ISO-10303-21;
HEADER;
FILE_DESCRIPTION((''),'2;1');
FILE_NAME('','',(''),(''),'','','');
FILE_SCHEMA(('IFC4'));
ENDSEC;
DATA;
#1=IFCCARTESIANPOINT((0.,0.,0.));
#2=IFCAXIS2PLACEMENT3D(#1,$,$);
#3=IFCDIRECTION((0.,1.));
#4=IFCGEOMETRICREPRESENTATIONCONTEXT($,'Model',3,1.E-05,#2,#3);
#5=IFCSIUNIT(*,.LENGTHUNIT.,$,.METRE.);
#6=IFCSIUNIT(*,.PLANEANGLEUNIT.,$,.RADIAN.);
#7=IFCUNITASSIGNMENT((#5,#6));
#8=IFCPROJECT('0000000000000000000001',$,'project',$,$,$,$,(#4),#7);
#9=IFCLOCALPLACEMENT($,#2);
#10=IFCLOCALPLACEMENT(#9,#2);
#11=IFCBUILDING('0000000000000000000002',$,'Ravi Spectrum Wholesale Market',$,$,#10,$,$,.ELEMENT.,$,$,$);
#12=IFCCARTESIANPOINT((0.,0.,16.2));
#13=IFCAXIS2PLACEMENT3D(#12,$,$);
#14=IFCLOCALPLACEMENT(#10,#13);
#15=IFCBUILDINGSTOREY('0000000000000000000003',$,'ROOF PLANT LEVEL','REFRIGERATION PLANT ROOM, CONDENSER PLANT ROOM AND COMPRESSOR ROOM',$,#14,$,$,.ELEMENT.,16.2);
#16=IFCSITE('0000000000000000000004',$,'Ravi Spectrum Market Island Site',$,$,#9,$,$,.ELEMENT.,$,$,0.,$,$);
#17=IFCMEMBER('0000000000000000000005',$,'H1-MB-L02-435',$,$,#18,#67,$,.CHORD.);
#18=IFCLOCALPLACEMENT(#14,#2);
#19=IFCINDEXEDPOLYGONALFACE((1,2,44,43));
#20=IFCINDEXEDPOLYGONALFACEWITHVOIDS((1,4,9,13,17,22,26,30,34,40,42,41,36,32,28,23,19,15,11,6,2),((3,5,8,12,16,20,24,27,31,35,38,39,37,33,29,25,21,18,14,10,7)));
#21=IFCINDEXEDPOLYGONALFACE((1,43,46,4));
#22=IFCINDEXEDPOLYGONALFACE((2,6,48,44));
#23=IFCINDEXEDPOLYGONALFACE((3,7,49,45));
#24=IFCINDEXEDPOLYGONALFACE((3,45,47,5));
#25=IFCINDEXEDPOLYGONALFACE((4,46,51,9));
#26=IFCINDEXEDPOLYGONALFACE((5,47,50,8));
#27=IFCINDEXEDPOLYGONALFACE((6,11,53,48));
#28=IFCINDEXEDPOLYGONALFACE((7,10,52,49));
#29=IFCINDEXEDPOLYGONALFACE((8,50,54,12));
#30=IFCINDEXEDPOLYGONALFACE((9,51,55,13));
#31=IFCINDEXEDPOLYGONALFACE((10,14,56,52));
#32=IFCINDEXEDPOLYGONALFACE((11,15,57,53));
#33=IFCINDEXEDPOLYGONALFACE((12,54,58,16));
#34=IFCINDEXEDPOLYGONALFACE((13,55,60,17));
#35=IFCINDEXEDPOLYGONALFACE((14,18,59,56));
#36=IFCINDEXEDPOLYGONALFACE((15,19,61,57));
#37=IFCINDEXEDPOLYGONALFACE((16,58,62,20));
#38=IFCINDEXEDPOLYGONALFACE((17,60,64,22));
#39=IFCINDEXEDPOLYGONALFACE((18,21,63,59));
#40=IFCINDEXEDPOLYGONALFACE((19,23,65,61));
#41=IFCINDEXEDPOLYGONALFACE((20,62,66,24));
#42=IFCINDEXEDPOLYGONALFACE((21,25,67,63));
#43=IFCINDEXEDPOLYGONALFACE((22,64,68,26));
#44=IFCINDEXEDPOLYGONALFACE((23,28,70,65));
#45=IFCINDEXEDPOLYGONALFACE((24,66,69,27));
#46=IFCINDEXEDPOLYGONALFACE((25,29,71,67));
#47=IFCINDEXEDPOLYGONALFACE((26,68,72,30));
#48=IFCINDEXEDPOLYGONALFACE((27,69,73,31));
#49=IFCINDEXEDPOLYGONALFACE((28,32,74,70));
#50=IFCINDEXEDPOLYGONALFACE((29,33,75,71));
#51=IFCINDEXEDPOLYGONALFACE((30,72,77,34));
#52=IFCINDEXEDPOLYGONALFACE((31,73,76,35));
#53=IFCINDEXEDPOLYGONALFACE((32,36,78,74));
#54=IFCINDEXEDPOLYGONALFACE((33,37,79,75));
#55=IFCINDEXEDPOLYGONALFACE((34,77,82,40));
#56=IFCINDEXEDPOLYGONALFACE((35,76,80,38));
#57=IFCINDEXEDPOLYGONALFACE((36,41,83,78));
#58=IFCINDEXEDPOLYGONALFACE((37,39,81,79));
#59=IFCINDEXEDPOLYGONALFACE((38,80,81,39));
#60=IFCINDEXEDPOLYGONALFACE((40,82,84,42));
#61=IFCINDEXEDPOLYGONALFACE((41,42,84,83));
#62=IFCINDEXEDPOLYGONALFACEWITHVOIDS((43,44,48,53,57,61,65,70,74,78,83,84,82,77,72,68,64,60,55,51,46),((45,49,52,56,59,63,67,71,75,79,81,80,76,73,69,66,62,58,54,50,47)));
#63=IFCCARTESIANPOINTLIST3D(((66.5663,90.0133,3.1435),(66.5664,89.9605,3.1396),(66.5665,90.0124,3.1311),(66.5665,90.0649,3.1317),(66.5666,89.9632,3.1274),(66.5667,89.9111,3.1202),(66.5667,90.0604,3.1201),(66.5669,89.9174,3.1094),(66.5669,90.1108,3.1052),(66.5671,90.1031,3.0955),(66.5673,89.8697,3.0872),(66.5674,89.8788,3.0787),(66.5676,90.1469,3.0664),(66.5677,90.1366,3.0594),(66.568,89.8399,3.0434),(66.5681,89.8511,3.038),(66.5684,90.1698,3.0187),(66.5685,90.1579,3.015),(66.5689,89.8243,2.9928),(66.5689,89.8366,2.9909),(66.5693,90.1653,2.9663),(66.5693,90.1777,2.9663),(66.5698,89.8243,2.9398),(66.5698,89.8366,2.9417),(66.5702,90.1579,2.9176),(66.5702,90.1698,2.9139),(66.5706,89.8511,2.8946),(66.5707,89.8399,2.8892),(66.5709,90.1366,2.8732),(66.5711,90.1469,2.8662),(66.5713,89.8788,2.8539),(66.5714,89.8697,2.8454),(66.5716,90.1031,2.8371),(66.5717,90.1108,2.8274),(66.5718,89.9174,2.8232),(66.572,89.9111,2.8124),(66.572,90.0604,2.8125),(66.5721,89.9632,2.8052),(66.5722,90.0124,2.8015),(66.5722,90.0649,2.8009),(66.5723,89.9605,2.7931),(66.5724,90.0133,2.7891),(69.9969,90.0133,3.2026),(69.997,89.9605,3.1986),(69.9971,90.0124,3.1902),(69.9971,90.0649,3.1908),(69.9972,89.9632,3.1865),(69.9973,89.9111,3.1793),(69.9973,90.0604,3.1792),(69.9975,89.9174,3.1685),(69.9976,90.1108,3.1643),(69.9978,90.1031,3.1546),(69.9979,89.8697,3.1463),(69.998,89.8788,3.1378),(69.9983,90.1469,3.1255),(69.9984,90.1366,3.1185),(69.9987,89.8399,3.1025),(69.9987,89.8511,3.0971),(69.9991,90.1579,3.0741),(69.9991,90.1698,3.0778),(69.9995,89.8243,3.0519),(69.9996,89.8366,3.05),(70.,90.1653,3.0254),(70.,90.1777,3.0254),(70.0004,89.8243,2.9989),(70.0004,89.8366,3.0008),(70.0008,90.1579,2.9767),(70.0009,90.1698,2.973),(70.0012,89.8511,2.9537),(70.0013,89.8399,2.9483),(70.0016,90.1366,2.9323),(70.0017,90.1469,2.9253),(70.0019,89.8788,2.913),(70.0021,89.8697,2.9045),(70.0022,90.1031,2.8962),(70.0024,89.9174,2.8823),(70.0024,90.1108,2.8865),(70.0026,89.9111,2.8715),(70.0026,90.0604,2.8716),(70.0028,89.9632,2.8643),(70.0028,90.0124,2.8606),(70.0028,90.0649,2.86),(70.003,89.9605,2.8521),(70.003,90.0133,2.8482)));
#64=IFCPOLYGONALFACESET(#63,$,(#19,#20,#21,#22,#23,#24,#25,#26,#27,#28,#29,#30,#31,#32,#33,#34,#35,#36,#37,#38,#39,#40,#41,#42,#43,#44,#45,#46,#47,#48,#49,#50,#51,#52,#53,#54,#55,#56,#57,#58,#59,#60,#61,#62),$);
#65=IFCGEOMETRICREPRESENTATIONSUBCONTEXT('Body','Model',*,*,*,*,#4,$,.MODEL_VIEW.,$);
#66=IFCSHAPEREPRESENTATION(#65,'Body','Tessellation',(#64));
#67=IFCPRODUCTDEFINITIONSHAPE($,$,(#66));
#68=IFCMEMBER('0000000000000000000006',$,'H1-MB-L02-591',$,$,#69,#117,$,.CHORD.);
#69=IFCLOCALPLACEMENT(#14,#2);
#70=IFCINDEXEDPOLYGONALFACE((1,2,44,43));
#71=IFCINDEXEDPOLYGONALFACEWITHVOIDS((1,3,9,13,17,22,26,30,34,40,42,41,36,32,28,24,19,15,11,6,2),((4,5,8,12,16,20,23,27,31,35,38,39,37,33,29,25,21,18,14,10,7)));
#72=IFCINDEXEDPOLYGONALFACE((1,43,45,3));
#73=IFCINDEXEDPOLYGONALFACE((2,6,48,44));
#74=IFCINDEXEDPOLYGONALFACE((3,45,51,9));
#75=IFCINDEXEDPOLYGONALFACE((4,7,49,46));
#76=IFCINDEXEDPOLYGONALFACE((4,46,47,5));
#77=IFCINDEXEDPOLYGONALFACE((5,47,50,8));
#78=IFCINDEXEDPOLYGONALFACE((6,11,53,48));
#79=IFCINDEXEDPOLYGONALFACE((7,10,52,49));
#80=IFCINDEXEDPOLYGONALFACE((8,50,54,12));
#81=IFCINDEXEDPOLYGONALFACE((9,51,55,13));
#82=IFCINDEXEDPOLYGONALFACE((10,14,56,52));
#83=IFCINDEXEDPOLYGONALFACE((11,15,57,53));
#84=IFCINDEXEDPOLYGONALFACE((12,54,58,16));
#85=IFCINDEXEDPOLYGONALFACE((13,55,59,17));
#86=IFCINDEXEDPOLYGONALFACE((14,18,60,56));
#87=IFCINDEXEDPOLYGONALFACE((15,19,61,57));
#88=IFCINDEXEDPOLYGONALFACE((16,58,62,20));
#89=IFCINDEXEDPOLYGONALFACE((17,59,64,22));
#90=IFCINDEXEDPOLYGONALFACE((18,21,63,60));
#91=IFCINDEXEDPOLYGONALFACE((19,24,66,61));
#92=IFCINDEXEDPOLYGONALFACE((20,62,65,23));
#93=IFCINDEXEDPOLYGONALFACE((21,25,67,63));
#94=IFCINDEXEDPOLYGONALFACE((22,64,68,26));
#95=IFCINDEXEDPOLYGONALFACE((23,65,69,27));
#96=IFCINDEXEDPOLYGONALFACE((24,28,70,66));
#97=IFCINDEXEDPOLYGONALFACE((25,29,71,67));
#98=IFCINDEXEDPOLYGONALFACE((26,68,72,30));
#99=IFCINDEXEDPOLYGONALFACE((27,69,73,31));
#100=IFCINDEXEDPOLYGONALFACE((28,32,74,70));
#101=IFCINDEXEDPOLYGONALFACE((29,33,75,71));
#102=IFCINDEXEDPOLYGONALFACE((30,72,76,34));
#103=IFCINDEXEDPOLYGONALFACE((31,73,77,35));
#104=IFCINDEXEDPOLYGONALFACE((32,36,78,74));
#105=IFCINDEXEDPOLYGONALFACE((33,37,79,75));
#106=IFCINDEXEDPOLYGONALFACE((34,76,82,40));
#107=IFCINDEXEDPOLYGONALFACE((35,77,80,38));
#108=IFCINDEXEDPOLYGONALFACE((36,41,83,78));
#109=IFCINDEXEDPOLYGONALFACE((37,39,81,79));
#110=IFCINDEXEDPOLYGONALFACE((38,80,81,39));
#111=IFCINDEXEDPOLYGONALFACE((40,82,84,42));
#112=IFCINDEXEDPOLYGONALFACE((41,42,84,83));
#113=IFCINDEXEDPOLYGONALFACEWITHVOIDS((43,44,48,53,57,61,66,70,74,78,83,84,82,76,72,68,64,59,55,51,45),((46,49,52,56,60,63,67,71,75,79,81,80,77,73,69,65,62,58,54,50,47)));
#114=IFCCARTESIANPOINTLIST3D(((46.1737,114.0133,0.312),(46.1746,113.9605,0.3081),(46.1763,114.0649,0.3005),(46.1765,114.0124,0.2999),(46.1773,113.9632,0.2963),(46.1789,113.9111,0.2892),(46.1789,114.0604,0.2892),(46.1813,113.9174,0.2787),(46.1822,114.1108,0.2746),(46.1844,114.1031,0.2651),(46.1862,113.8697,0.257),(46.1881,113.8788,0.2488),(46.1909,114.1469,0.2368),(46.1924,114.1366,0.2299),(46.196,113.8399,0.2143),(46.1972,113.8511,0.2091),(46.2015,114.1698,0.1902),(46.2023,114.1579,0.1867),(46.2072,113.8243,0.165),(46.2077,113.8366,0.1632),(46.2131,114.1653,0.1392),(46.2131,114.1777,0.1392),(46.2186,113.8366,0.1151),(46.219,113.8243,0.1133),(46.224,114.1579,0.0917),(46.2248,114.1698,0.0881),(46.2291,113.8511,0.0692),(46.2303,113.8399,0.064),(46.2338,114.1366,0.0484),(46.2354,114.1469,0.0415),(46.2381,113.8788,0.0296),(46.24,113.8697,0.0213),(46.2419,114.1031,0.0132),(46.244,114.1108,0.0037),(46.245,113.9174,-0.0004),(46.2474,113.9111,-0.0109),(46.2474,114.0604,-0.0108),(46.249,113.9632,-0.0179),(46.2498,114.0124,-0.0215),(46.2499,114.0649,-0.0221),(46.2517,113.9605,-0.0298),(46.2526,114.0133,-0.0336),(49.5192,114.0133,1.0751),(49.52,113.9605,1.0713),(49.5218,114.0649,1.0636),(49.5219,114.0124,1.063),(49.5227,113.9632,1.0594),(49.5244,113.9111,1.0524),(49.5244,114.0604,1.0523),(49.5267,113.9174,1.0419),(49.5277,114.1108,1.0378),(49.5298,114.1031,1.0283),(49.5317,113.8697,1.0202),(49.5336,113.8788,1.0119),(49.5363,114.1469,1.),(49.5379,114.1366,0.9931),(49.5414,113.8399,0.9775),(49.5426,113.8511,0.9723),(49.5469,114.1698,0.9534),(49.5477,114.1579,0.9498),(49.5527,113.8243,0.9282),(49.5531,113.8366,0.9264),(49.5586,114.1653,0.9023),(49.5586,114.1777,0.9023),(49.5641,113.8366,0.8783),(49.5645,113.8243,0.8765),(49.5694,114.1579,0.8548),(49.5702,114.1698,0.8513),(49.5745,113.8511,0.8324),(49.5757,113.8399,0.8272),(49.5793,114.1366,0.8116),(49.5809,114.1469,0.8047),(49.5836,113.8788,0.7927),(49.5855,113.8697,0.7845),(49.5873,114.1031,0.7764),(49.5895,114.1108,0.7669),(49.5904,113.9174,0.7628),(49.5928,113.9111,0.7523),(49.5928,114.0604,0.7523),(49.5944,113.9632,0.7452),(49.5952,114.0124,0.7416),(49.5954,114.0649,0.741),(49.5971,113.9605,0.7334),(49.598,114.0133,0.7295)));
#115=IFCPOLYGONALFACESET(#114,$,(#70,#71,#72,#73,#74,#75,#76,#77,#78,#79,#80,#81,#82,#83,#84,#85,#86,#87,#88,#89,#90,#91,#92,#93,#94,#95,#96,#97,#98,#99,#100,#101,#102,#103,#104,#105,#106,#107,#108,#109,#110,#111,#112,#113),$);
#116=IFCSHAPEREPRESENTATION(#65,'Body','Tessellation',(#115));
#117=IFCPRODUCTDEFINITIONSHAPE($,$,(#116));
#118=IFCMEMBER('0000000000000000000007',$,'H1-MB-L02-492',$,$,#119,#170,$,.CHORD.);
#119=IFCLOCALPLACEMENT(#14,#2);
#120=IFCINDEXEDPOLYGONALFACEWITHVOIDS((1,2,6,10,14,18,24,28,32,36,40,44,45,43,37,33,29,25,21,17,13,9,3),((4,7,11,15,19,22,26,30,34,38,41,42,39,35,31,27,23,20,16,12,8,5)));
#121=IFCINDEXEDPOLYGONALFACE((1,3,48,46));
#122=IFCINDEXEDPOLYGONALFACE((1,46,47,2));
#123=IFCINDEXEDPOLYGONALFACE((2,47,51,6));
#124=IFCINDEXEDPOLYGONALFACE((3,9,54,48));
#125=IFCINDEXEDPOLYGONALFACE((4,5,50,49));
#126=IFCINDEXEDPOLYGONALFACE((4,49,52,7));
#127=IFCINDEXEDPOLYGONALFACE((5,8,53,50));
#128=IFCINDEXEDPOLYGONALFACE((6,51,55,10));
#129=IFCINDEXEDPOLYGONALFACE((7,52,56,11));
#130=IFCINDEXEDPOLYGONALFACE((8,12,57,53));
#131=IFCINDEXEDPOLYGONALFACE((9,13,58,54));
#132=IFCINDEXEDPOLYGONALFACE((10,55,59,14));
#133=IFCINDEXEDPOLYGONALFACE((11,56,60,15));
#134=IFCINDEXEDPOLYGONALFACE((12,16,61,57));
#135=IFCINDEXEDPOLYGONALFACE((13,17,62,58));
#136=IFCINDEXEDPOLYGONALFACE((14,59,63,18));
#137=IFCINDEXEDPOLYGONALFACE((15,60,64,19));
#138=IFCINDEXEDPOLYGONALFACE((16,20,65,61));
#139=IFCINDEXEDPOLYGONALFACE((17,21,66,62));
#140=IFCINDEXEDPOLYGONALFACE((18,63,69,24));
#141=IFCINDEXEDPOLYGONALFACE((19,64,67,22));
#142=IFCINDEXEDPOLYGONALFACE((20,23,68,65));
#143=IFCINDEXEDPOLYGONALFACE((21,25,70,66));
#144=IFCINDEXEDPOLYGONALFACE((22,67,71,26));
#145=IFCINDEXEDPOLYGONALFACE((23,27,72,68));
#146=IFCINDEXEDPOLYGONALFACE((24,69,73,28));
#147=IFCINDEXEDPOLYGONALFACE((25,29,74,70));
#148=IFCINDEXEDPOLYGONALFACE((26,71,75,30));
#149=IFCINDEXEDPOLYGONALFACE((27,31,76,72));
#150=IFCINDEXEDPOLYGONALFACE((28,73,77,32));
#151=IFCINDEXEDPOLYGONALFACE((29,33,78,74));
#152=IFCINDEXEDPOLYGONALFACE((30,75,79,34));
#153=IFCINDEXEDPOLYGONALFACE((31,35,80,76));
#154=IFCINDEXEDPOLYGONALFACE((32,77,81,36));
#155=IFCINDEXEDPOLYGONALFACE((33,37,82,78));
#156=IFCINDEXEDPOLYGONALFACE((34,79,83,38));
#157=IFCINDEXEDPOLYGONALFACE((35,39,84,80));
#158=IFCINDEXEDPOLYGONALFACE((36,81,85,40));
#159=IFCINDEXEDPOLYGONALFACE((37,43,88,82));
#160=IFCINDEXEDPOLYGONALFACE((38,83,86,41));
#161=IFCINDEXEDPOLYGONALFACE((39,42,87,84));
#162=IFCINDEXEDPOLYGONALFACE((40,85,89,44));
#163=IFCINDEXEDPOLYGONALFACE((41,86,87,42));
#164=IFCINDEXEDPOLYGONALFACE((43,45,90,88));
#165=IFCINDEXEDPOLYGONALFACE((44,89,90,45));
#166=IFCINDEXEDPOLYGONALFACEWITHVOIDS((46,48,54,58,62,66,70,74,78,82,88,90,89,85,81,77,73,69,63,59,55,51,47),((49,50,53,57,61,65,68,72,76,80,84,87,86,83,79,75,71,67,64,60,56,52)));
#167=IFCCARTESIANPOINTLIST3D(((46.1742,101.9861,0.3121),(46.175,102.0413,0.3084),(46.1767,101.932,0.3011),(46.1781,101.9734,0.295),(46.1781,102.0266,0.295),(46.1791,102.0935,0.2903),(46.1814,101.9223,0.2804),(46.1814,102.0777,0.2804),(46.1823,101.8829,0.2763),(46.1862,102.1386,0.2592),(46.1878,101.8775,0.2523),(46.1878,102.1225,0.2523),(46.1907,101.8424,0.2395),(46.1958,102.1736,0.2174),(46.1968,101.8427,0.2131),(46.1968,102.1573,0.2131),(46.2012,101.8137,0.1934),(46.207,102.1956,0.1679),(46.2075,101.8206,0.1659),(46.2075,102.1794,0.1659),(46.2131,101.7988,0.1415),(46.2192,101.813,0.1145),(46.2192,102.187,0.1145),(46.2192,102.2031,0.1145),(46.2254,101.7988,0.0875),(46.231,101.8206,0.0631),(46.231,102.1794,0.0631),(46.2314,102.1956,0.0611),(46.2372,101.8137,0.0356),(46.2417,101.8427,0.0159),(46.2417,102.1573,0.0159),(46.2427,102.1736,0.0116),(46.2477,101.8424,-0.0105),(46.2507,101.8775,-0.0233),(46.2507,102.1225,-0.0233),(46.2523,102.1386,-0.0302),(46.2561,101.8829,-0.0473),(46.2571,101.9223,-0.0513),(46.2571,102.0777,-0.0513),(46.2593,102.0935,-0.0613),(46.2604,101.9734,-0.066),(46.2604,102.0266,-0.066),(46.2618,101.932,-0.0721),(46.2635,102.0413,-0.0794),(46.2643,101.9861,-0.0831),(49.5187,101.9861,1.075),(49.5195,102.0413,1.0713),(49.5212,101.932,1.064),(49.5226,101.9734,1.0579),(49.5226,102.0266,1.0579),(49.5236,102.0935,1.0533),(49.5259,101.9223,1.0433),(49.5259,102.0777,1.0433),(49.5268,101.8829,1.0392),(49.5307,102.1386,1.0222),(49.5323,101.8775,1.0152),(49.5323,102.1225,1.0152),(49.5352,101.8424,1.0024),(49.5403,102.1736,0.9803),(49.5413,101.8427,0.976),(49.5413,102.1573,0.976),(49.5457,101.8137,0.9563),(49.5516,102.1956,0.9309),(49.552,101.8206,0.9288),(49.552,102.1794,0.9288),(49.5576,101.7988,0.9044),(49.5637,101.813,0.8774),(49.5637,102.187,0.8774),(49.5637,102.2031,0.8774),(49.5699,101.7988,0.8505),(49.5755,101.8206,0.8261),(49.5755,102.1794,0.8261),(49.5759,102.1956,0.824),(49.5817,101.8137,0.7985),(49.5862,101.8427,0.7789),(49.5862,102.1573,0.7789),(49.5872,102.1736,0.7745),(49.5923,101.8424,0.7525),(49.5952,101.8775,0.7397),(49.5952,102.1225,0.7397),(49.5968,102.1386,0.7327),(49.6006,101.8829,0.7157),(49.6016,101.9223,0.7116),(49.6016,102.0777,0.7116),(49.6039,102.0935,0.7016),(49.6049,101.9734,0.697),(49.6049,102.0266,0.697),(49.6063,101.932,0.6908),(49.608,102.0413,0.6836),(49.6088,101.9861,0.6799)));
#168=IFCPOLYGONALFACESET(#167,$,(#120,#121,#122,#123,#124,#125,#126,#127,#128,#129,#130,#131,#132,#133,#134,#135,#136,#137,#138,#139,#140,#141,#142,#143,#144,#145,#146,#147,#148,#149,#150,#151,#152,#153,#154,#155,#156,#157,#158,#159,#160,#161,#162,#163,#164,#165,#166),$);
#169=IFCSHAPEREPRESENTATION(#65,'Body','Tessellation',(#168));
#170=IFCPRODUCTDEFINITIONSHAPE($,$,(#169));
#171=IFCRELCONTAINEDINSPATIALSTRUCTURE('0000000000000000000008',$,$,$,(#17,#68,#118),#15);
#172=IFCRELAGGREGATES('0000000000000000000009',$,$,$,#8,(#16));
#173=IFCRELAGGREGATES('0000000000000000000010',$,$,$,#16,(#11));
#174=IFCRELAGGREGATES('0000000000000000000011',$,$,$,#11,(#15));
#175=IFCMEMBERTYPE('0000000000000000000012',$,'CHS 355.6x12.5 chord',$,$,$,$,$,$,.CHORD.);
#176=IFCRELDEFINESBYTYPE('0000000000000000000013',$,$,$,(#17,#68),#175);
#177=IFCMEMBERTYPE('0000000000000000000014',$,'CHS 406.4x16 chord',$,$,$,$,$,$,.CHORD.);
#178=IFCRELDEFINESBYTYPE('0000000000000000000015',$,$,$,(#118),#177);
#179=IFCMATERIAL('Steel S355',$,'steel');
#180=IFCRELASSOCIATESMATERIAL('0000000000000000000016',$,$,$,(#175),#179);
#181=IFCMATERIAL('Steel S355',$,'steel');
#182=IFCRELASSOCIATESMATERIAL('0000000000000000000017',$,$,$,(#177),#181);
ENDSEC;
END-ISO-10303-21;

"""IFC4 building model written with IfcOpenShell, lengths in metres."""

from ifc_helpers import new_model, si_unit, direction, frame, origin, origin_2d, place, context, subcontext, project, spatial, hollow_circle, extrude, material, material_profile, profile_set, type_object, element, save


model = new_model("IFC4")

# Units and contexts
model_context = context("Model", 3, precision=1e-05, world=origin(), true_north=direction((0.0, 1.0)))
body_context = subcontext(model_context, "Body", "Model", "MODEL_VIEW")
ifc_project = project(units=[si_unit("LENGTHUNIT", "METRE"), si_unit("PLANEANGLEUNIT", "RADIAN")], contexts=[model_context])

# Site, building, storey
site_placement = place(None, origin())
site = spatial("IfcSite", under=ifc_project, at=site_placement, Name="Ravi Spectrum Market Island Site", CompositionType="ELEMENT", RefElevation=0.0)
building_placement = place(site_placement, origin())
building = spatial("IfcBuilding", under=site, at=building_placement, Name="Ravi Spectrum Wholesale Market", CompositionType="ELEMENT")
storey_placement = place(building_placement, frame((0.0, 0.0, 16.2)))
storey = spatial("IfcBuildingStorey", under=building, at=storey_placement, Name="ROOF PLANT LEVEL", Description="REFRIGERATION PLANT ROOM, CONDENSER PLANT ROOM AND COMPRESSOR ROOM", CompositionType="ELEMENT", Elevation=16.2)

# Members
ifc_material_1 = material(Name="Steel S355", Category="steel")
ifc_material_profile_1 = material_profile(ifc_material_1, hollow_circle(Radius=0.1777, WallThickness=0.0125, at=origin_2d()))
ifc_profile_set_1 = profile_set([ifc_material_profile_1], Name="Steel S355")
member_type_1 = type_object("IfcMemberType", Name="CHS 355.6x12.5 chord", PredefinedType="CHORD", material=ifc_profile_set_1)
member_1_placement = place(storey_placement, frame((66.5693, 90.0, 2.9663), z_axis=(0.999852, 0.0, 0.017219), x_axis=(0.0, 1.0, 0.0)))
element("IfcMember", 1, at=member_1_placement, inside=storey, type_object=member_type_1, Name="H1-MB-L02-435", PredefinedType="CHORD", context=body_context, shape_type="SweptSolid", body=[
    extrude(hollow_circle(Radius=0.1777, WallThickness=0.0125, at=origin_2d()), origin(), (0.0, 0.0, 1.0), 3.4312),
])
member_2_placement = place(storey_placement, frame((46.2131, 114.0, 0.1392), z_axis=(0.974953, 0.0, 0.222411), x_axis=(0.0, 1.0, 0.0)))
element("IfcMember", 2, at=member_2_placement, inside=storey, type_object=member_type_1, Name="H1-MB-L02-591", PredefinedType="CHORD", context=body_context, shape_type="SweptSolid", body=[
    extrude(hollow_circle(Radius=0.1777, WallThickness=0.0125, at=origin_2d()), origin(), (0.0, 0.0, 1.0), 3.4314),
])
ifc_material_2 = material(Name="Steel S355", Category="steel")
ifc_material_profile_2 = material_profile(ifc_material_2, hollow_circle(Radius=0.2031, WallThickness=0.0161, at=origin_2d()))
ifc_profile_set_2 = profile_set([ifc_material_profile_2], Name="Steel S355")
member_type_2 = type_object("IfcMemberType", Name="CHS 406.4x16 chord", PredefinedType="CHORD", material=ifc_profile_set_2)
for number, where, z_axis, x_axis, name in (
    (3, (46.2192, 102.0, 0.1145), (0.974954, 0.0, 0.222405), (0.0, 1.0, 0.0), "H1-MB-L02-492"),
):
    element("IfcMember", number, at=place(storey_placement, frame(where, z_axis=z_axis, x_axis=x_axis)), inside=storey, type_object=member_type_2, Name=name, PredefinedType="CHORD", context=body_context, shape_type="SweptSolid", body=[
        extrude(hollow_circle(Radius=0.2031, WallThickness=0.0161, at=origin_2d()), origin(), (0.0, 0.0, 1.0), 3.4304),
    ])

save(model, "model.ifc")
